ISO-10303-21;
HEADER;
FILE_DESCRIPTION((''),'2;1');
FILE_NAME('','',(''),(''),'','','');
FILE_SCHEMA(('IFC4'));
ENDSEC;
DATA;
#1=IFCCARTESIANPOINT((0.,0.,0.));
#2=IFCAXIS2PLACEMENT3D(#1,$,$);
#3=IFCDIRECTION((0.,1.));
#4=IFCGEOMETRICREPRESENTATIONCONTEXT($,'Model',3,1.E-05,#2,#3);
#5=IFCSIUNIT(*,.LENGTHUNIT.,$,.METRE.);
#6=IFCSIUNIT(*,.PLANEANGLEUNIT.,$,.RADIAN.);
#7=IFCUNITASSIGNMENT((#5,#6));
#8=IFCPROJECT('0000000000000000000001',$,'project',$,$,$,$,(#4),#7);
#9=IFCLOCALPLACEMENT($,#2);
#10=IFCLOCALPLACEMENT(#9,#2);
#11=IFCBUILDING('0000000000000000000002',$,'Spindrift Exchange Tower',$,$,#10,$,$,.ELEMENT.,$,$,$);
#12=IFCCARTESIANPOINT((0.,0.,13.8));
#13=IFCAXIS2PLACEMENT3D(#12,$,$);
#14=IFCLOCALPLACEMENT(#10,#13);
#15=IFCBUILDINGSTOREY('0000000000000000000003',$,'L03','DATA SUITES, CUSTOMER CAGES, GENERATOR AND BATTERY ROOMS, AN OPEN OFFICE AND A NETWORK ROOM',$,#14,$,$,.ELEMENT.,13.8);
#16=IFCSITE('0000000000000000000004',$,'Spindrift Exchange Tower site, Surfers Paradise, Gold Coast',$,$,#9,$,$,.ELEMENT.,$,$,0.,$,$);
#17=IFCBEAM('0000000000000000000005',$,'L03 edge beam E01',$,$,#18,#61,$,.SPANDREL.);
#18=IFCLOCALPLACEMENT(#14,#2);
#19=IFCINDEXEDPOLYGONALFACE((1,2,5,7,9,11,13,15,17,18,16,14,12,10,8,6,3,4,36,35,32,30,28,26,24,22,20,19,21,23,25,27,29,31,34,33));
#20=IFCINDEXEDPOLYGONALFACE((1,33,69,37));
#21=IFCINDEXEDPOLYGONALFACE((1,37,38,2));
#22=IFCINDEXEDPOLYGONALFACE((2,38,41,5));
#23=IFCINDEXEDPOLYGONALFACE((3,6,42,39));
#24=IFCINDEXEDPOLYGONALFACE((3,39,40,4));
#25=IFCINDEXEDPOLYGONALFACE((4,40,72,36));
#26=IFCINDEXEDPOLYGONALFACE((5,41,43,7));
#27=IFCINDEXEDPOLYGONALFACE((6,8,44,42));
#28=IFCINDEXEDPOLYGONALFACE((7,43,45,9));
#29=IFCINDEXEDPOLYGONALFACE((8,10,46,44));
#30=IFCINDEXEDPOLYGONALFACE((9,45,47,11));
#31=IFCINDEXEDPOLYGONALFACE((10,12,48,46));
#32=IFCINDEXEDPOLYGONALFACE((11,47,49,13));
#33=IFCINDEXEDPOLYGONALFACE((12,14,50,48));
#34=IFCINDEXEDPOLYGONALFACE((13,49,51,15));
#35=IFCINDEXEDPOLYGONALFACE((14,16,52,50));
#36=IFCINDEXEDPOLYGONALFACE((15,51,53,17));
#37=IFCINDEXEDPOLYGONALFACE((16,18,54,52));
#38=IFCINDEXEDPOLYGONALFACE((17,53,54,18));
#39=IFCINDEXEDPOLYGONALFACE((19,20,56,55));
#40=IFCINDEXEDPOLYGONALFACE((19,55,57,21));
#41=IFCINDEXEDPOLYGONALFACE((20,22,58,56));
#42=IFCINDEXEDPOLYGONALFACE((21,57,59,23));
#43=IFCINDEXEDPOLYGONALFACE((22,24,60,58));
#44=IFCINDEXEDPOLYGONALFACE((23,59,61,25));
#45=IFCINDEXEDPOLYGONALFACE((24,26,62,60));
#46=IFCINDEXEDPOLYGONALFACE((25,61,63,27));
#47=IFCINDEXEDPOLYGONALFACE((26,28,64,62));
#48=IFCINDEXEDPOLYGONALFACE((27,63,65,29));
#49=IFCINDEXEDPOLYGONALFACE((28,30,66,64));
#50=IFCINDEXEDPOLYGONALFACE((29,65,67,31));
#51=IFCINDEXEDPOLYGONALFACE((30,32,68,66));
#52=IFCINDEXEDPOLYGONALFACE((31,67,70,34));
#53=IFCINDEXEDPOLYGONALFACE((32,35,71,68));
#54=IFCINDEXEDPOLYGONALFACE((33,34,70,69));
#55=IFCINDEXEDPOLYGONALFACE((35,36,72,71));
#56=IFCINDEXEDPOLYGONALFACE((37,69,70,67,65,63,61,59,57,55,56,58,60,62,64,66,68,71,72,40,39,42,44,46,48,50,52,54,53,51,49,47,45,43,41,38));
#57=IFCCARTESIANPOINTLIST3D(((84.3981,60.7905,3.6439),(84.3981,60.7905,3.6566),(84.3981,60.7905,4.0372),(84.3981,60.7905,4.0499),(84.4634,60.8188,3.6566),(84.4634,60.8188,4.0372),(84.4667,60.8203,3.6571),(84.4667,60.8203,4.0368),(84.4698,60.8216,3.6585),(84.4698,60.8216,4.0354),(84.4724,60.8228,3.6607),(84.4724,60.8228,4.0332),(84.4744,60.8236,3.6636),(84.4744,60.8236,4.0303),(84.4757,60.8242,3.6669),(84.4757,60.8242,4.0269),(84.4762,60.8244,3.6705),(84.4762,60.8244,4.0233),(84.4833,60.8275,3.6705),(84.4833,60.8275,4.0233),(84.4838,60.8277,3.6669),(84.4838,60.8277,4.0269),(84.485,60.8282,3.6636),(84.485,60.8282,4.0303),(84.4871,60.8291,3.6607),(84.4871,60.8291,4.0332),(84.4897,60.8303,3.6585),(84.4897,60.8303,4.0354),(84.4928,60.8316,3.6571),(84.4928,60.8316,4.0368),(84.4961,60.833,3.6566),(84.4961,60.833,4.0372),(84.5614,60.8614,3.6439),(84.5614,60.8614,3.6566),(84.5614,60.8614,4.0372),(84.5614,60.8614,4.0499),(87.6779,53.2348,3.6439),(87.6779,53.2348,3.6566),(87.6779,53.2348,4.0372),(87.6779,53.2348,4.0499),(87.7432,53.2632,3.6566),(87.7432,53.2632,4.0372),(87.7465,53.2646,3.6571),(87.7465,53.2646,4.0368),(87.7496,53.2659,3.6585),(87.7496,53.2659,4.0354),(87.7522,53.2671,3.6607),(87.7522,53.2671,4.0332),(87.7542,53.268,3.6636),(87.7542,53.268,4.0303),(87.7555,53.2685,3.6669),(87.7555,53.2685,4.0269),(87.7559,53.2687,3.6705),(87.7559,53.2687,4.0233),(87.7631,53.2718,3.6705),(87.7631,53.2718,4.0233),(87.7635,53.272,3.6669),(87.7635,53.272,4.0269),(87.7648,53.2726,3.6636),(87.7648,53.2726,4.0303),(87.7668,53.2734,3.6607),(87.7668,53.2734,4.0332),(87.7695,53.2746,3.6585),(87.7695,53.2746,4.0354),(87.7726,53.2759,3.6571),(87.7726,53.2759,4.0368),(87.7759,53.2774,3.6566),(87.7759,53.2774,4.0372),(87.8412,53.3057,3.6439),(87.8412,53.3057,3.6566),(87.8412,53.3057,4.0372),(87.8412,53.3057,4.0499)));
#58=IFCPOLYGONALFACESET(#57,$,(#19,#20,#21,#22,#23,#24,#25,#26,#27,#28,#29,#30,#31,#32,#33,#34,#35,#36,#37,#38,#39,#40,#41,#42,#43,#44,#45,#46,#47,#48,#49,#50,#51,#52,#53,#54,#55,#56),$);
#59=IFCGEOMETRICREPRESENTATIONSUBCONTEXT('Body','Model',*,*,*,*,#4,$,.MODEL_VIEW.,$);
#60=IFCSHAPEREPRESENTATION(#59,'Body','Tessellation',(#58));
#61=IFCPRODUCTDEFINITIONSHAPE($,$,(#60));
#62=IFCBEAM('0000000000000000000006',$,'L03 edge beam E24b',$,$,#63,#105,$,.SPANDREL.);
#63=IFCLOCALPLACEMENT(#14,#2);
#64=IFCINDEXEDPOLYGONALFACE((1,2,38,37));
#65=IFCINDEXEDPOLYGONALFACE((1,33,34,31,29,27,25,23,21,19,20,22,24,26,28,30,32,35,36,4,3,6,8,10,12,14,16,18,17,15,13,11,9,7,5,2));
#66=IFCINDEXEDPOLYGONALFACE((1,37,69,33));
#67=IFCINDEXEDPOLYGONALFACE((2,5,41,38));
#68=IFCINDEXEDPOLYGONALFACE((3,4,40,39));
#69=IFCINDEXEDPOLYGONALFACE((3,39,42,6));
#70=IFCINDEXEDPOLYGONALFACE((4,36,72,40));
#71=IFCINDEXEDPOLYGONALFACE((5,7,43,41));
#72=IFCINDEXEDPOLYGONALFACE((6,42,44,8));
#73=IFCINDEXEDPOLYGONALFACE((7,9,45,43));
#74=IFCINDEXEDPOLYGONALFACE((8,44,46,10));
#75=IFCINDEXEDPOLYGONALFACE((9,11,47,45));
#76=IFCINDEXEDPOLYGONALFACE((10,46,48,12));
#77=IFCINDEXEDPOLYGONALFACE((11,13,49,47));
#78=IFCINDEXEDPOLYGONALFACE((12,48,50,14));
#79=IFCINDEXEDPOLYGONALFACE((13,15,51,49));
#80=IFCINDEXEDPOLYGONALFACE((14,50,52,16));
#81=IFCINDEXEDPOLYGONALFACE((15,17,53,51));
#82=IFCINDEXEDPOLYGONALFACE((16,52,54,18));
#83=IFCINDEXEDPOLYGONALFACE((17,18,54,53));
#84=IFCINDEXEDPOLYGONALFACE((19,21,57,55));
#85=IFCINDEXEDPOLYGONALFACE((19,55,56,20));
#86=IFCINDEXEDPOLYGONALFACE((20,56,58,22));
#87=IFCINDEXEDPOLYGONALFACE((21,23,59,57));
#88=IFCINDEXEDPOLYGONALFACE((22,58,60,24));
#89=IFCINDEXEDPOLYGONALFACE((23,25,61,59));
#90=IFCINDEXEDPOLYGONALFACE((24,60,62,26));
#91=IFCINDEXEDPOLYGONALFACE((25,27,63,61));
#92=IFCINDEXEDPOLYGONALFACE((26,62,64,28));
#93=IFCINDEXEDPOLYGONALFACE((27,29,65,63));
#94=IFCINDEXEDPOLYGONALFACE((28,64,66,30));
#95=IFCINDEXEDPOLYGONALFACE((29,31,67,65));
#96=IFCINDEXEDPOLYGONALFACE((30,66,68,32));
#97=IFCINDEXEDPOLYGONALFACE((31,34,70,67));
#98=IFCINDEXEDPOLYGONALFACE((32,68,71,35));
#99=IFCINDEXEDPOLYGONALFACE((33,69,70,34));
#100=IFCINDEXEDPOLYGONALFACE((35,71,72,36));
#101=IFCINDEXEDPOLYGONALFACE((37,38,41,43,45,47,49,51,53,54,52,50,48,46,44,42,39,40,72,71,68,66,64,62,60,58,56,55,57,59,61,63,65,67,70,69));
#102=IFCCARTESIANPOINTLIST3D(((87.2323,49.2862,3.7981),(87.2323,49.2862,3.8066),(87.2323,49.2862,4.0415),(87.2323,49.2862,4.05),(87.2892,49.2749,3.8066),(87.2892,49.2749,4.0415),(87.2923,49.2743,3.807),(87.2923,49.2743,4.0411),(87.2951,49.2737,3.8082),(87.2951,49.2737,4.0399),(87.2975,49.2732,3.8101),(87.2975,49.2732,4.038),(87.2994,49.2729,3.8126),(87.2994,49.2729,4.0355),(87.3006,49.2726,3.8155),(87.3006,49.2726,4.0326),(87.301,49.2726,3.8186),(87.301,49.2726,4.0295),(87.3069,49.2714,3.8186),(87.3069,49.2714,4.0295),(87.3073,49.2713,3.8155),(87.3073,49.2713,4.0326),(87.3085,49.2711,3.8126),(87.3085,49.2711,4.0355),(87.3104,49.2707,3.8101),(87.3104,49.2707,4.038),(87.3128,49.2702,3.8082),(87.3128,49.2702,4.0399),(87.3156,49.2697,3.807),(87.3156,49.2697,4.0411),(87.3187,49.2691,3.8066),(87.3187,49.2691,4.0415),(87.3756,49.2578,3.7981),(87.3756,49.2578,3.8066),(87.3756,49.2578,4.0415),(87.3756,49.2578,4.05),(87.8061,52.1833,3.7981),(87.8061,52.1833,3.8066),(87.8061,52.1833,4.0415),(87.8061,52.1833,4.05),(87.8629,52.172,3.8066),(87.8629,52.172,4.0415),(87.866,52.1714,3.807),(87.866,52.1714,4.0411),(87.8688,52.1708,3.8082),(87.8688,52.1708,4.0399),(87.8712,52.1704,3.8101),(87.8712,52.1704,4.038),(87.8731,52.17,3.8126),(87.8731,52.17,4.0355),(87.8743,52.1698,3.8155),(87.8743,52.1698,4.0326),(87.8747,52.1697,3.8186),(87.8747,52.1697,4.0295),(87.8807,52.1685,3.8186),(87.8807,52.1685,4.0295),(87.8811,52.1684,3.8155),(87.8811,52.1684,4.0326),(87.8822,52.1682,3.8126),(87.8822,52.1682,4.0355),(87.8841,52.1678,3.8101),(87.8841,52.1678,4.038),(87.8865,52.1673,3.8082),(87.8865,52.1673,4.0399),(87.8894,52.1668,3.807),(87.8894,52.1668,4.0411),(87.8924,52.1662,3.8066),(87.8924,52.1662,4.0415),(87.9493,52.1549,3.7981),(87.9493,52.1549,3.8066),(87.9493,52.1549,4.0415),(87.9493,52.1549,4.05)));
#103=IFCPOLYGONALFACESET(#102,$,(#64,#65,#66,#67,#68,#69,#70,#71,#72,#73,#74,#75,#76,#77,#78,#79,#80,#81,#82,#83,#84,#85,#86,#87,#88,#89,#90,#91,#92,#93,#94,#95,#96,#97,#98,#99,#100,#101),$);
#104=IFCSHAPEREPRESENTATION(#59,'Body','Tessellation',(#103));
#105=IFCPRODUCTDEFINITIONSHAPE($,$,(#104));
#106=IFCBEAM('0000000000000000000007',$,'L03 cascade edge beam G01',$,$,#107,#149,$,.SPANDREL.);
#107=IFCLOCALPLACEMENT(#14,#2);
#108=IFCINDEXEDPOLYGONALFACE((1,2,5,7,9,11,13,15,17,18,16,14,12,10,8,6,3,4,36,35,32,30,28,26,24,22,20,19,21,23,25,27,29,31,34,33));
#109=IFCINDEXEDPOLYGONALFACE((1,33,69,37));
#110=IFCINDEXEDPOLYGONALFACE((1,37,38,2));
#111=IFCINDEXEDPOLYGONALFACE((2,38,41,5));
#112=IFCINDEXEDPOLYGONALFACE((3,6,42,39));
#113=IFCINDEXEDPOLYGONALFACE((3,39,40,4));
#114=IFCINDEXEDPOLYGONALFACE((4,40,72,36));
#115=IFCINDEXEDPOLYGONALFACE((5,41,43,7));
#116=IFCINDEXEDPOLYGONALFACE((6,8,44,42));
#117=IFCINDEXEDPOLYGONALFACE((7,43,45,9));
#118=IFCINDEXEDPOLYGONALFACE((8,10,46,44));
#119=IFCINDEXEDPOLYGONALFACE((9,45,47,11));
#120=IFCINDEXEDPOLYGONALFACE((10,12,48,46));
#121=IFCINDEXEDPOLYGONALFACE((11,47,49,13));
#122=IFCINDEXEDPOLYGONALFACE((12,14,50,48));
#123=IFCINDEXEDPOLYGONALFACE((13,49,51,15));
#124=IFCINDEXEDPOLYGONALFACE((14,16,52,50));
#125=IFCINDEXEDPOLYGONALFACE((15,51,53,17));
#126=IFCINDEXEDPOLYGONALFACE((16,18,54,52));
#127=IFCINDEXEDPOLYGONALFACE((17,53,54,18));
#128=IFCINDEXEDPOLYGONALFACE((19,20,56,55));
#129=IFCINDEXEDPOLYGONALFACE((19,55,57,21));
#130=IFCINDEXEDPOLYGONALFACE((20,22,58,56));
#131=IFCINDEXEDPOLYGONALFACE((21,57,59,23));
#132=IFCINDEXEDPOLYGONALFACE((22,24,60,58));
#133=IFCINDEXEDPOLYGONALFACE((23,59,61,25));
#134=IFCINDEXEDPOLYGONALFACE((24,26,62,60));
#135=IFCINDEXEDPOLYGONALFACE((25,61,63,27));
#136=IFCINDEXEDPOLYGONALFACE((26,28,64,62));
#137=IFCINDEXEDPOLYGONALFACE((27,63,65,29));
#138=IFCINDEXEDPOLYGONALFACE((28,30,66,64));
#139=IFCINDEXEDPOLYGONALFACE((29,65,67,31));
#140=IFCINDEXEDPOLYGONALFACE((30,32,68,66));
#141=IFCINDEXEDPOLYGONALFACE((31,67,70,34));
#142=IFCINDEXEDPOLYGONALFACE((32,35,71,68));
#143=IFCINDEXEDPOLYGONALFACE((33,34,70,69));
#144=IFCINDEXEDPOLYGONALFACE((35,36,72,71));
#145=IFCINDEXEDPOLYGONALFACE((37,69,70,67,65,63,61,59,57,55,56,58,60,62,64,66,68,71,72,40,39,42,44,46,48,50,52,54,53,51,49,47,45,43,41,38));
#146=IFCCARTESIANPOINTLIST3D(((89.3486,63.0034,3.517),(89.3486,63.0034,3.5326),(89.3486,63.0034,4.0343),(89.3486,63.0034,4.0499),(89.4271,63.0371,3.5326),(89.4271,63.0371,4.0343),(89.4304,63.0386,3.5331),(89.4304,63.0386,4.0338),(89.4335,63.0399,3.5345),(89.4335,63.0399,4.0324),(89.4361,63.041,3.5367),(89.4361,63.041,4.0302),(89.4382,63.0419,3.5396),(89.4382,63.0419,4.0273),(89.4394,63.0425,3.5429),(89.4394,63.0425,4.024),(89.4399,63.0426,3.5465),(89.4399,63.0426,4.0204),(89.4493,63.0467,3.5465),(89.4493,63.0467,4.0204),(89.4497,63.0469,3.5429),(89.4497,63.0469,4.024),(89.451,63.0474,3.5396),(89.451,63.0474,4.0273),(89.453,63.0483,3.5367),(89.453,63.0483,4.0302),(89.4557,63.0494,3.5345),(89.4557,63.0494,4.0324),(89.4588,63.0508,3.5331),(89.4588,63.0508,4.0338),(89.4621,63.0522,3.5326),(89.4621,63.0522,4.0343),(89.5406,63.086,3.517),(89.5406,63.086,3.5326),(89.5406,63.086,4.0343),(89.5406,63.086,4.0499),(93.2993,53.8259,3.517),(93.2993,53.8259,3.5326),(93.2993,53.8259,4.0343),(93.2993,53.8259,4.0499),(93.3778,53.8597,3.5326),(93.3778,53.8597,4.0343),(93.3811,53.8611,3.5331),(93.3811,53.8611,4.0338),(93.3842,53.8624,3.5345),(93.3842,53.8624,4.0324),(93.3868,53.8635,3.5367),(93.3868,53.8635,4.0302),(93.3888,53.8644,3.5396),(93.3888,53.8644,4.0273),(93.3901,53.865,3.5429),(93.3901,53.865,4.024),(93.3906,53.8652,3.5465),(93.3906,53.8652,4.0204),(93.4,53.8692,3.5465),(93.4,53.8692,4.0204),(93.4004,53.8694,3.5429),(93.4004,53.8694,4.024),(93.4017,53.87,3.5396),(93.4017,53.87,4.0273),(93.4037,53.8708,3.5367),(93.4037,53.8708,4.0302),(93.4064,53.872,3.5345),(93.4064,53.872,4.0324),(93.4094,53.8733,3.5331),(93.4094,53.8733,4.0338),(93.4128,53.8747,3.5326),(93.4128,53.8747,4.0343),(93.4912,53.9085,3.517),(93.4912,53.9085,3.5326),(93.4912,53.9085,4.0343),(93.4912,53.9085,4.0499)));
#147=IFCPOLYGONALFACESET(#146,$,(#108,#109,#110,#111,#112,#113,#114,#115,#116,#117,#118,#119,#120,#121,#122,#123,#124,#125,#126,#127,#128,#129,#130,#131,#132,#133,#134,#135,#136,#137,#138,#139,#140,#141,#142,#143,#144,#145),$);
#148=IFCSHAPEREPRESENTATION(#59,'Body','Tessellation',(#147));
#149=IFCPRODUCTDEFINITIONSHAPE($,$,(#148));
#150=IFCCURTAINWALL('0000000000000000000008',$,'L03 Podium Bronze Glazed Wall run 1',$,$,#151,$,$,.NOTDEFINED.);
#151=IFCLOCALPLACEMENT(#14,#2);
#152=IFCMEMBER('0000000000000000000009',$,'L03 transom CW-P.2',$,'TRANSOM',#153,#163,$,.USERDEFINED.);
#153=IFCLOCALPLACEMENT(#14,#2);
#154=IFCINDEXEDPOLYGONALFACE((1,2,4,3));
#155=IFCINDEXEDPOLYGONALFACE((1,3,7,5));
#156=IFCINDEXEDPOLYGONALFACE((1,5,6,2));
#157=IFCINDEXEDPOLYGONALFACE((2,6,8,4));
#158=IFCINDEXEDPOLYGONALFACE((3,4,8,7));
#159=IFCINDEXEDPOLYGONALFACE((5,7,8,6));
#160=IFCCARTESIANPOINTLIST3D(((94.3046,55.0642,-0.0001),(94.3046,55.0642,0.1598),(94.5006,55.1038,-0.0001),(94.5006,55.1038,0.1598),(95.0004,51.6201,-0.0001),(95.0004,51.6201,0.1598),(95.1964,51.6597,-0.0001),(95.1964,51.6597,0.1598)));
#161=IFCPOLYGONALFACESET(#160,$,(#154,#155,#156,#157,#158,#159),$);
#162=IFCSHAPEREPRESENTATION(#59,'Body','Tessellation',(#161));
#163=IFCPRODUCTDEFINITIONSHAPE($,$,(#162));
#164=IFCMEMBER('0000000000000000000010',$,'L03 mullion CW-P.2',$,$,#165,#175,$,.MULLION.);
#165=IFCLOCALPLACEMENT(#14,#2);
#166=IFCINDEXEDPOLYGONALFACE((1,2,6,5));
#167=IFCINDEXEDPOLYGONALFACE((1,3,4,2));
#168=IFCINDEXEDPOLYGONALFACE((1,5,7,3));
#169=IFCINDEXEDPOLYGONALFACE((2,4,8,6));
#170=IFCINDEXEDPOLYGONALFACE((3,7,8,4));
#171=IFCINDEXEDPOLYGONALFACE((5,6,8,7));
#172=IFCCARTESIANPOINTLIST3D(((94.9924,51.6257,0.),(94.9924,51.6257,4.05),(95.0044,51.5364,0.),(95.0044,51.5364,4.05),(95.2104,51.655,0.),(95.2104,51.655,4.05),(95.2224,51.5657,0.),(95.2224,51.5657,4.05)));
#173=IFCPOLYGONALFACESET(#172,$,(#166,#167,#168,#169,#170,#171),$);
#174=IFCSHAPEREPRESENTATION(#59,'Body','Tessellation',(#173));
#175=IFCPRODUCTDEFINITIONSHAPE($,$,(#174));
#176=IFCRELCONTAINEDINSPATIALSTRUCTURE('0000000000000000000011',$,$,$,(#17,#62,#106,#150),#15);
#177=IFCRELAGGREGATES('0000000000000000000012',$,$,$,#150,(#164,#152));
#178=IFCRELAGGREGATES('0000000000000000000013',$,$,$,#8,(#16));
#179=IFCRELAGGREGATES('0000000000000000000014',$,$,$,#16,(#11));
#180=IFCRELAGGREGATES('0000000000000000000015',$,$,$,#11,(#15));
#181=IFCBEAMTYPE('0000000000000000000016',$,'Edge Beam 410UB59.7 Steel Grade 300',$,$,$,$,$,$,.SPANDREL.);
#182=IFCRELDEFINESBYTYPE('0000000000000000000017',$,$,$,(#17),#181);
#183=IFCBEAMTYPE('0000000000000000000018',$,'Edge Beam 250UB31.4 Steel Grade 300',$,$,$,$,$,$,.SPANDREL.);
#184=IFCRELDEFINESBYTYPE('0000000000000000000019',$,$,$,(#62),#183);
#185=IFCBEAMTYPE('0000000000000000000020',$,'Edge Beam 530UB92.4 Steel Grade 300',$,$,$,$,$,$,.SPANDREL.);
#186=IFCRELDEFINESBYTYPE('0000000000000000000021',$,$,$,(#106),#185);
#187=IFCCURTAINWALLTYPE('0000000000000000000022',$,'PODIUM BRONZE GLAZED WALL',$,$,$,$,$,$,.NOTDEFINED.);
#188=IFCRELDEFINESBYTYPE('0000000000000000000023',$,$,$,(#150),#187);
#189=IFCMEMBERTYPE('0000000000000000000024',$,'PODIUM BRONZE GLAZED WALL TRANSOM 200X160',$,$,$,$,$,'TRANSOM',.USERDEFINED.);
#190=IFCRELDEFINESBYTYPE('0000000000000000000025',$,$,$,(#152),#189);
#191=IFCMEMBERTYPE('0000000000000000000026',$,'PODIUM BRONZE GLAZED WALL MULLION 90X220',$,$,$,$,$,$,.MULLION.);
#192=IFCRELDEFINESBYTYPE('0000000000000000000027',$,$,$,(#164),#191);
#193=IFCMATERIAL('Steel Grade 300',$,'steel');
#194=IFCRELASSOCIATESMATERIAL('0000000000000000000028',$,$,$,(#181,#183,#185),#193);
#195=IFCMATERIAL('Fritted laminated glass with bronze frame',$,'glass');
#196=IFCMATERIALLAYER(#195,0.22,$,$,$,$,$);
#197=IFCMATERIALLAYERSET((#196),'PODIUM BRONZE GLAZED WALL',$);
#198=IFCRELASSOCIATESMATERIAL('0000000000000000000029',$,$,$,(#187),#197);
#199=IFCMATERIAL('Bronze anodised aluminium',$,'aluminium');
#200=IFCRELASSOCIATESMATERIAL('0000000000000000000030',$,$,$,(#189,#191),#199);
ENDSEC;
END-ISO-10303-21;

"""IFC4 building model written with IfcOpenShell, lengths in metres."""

from ifc_helpers import new_model, si_unit, direction, frame, origin, origin_2d, place, context, subcontext, project, spatial, rectangle, i_section, extrude, source, transform, mapped, material, layer, layer_set, material_profile, profile_set, type_object, element, aggregate, save


model = new_model("IFC4")

# Units and contexts
model_context = context("Model", 3, precision=1e-05, world=origin(), true_north=direction((0.0, 1.0)))
body_context = subcontext(model_context, "Body", "Model", "MODEL_VIEW")
ifc_project = project(units=[si_unit("LENGTHUNIT", "METRE"), si_unit("PLANEANGLEUNIT", "RADIAN")], contexts=[model_context])

# Site, building, storey
site_placement = place(None, origin())
site = spatial("IfcSite", under=ifc_project, at=site_placement, Name="Spindrift Exchange Tower site, Surfers Paradise, Gold Coast", CompositionType="ELEMENT", RefElevation=0.0)
building_placement = place(site_placement, origin())
building = spatial("IfcBuilding", under=site, at=building_placement, Name="Spindrift Exchange Tower", CompositionType="ELEMENT")
storey_placement = place(building_placement, frame((0.0, 0.0, 13.8)))
storey = spatial("IfcBuildingStorey", under=building, at=storey_placement, Name="L03", Description="DATA SUITES, CUSTOMER CAGES, GENERATOR AND BATTERY ROOMS, AN OPEN OFFICE AND A NETWORK ROOM", CompositionType="ELEMENT", Elevation=13.8)

# Beams
ifc_material_1 = material(Name="Steel Grade 300", Category="steel")
ifc_material_profile_1 = material_profile(ifc_material_1, i_section(OverallWidth=0.178, OverallDepth=0.406, WebThickness=0.0078, FlangeThickness=0.0127, FilletRadius=0.0139, at=origin_2d()), Name="410UB59.7")
ifc_profile_set_1 = profile_set([ifc_material_profile_1], Name="Steel Grade 300")
beam_type_1 = type_object("IfcBeamType", Name="Edge Beam 410UB59.7 Steel Grade 300", PredefinedType="SPANDREL", material=ifc_profile_set_1)
shared_shape_1 = source(origin(), body_context, "Body", "SweptSolid", [
    extrude(i_section(OverallWidth=0.178, OverallDepth=0.406, WebThickness=0.0078, FlangeThickness=0.0127, FilletRadius=0.0139, at=origin_2d()), origin(), (0.0, 0.0, 1.0), 8.2368),
])
beam_1_placement = place(storey_placement, frame((87.7595, 53.2703, 3.8469), z_axis=(-0.398186, 0.917305, 0.0), x_axis=(-0.917305, -0.398186, 0.0)))
element("IfcBeam", 1, at=beam_1_placement, inside=storey, type_object=beam_type_1, Name="L03 edge beam E01", PredefinedType="SPANDREL", context=body_context, shape_type="MappedRepresentation", body=[
    mapped(shared_shape_1, transform((0.0, 0.0, 0.0), scale=1.0)),
])
ifc_material_profile_2 = material_profile(ifc_material_1, i_section(OverallWidth=0.146, OverallDepth=0.252, WebThickness=0.0061, FlangeThickness=0.0085, FilletRadius=0.012, at=origin_2d()), Name="250UB31.4")
ifc_profile_set_2 = profile_set([ifc_material_profile_2], Name="Steel Grade 300")
beam_type_2 = type_object("IfcBeamType", Name="Edge Beam 250UB31.4 Steel Grade 300", PredefinedType="SPANDREL", material=ifc_profile_set_2)
shared_shape_2 = source(origin(), body_context, "Body", "SweptSolid", [
    extrude(i_section(OverallWidth=0.146, OverallDepth=0.252, WebThickness=0.0061, FlangeThickness=0.0085, FilletRadius=0.012, at=origin_2d()), origin(), (0.0, 0.0, 1.0), 2.9534),
])
beam_2_placement = place(storey_placement, frame((87.304, 49.272, 3.9241), z_axis=(0.194256, 0.980951, 0.0), x_axis=(-0.980951, 0.194256, 0.0)))
element("IfcBeam", 2, at=beam_2_placement, inside=storey, type_object=beam_type_2, Name="L03 edge beam E24b", PredefinedType="SPANDREL", context=body_context, shape_type="MappedRepresentation", body=[
    mapped(shared_shape_2, transform((0.0, 0.0, 0.0), scale=1.0)),
])
ifc_material_profile_3 = material_profile(ifc_material_1, i_section(OverallWidth=0.209, OverallDepth=0.533, WebThickness=0.0103, FlangeThickness=0.0156, FilletRadius=0.0139, at=origin_2d()), Name="530UB92.4")
ifc_profile_set_3 = profile_set([ifc_material_profile_3], Name="Steel Grade 300")
beam_type_3 = type_object("IfcBeamType", Name="Edge Beam 530UB92.4 Steel Grade 300", PredefinedType="SPANDREL", material=ifc_profile_set_3)
shared_shape_3 = source(origin(), body_context, "Body", "SweptSolid", [
    extrude(i_section(OverallWidth=0.209, OverallDepth=0.533, WebThickness=0.0103, FlangeThickness=0.0156, FilletRadius=0.0139, at=origin_2d()), origin(), (0.0, 0.0, 1.0), 9.9917),
])
beam_3_placement = place(storey_placement, frame((93.3953, 53.8672, 3.7834), z_axis=(-0.395396, 0.918511, 0.0), x_axis=(-0.918511, -0.395396, 0.0)))
element("IfcBeam", 3, at=beam_3_placement, inside=storey, type_object=beam_type_3, Name="L03 cascade edge beam G01", PredefinedType="SPANDREL", context=body_context, shape_type="MappedRepresentation", body=[
    mapped(shared_shape_3, transform((0.0, 0.0, 0.0), scale=1.0)),
])

# Curtain wall, members
ifc_material_2 = material(Name="Fritted laminated glass with bronze frame", Category="glass")
ifc_layer_1 = layer(ifc_material_2, 0.22)
ifc_layer_set_1 = layer_set([ifc_layer_1], Name="PODIUM BRONZE GLAZED WALL")
curtain_wall_type = type_object("IfcCurtainWallType", Name="PODIUM BRONZE GLAZED WALL", PredefinedType="NOTDEFINED", material=ifc_layer_set_1)
curtain_wall_placement = place(storey_placement, origin())
curtain_wall = element("IfcCurtainWall", 4, at=curtain_wall_placement, inside=storey, type_object=curtain_wall_type, Name="L03 Podium Bronze Glazed Wall run 1", PredefinedType="NOTDEFINED")
ifc_material_3 = material(Name="Bronze anodised aluminium", Category="aluminium")
ifc_material_profile_4 = material_profile(ifc_material_3, rectangle(XDim=0.2, YDim=0.1599, at=origin_2d()), Name="PODIUM BRONZE GLAZED WALL TRANSOM 200X160")
ifc_profile_set_4 = profile_set([ifc_material_profile_4], Name="Bronze anodised aluminium")
member_type_1 = type_object("IfcMemberType", Name="PODIUM BRONZE GLAZED WALL TRANSOM 200X160", ElementType="TRANSOM", PredefinedType="USERDEFINED", material=ifc_profile_set_4)
shared_shape_4 = source(origin(), body_context, "Body", "SweptSolid", [
    extrude(rectangle(XDim=0.2, YDim=0.1599, at=origin_2d()), origin(), (0.0, 0.0, 1.0), 3.5137),
])
member_1_placement = place(storey_placement, frame((95.0984, 51.6399, 0.0798), z_axis=(-0.198027, 0.980197, 0.0), x_axis=(-0.980197, -0.198027, 0.0)))
member_1 = element("IfcMember", 5, at=member_1_placement, type_object=member_type_1, Name="L03 transom CW-P.2", ObjectType="TRANSOM", PredefinedType="USERDEFINED", context=body_context, shape_type="MappedRepresentation", body=[
    mapped(shared_shape_4, transform((0.0, 0.0, 0.0), scale=1.0)),
])
ifc_material_profile_5 = material_profile(ifc_material_3, rectangle(XDim=0.0901, YDim=0.22, at=origin_2d()), Name="PODIUM BRONZE GLAZED WALL MULLION 90X220")
ifc_profile_set_5 = profile_set([ifc_material_profile_5], Name="Bronze anodised aluminium")
member_type_2 = type_object("IfcMemberType", Name="PODIUM BRONZE GLAZED WALL MULLION 90X220", PredefinedType="MULLION", material=ifc_profile_set_5)
shared_shape_5 = source(origin(), body_context, "Body", "SweptSolid", [
    extrude(rectangle(XDim=0.0901, YDim=0.22, at=origin_2d()), origin(), (0.0, 0.0, 1.0), 4.05),
])
member_2_placement = place(storey_placement, frame((95.1074, 51.5957, 0.0), z_axis=(0.0, 0.0, 1.0), x_axis=(-0.132966, 0.991121, 0.0)))
member_2 = element("IfcMember", 6, at=member_2_placement, type_object=member_type_2, Name="L03 mullion CW-P.2", PredefinedType="MULLION", context=body_context, shape_type="MappedRepresentation", body=[
    mapped(shared_shape_5, transform((0.0, 0.0, 0.0), scale=1.0)),
])
aggregate(curtain_wall, [member_2, member_1])

save(model, "model.ifc")
